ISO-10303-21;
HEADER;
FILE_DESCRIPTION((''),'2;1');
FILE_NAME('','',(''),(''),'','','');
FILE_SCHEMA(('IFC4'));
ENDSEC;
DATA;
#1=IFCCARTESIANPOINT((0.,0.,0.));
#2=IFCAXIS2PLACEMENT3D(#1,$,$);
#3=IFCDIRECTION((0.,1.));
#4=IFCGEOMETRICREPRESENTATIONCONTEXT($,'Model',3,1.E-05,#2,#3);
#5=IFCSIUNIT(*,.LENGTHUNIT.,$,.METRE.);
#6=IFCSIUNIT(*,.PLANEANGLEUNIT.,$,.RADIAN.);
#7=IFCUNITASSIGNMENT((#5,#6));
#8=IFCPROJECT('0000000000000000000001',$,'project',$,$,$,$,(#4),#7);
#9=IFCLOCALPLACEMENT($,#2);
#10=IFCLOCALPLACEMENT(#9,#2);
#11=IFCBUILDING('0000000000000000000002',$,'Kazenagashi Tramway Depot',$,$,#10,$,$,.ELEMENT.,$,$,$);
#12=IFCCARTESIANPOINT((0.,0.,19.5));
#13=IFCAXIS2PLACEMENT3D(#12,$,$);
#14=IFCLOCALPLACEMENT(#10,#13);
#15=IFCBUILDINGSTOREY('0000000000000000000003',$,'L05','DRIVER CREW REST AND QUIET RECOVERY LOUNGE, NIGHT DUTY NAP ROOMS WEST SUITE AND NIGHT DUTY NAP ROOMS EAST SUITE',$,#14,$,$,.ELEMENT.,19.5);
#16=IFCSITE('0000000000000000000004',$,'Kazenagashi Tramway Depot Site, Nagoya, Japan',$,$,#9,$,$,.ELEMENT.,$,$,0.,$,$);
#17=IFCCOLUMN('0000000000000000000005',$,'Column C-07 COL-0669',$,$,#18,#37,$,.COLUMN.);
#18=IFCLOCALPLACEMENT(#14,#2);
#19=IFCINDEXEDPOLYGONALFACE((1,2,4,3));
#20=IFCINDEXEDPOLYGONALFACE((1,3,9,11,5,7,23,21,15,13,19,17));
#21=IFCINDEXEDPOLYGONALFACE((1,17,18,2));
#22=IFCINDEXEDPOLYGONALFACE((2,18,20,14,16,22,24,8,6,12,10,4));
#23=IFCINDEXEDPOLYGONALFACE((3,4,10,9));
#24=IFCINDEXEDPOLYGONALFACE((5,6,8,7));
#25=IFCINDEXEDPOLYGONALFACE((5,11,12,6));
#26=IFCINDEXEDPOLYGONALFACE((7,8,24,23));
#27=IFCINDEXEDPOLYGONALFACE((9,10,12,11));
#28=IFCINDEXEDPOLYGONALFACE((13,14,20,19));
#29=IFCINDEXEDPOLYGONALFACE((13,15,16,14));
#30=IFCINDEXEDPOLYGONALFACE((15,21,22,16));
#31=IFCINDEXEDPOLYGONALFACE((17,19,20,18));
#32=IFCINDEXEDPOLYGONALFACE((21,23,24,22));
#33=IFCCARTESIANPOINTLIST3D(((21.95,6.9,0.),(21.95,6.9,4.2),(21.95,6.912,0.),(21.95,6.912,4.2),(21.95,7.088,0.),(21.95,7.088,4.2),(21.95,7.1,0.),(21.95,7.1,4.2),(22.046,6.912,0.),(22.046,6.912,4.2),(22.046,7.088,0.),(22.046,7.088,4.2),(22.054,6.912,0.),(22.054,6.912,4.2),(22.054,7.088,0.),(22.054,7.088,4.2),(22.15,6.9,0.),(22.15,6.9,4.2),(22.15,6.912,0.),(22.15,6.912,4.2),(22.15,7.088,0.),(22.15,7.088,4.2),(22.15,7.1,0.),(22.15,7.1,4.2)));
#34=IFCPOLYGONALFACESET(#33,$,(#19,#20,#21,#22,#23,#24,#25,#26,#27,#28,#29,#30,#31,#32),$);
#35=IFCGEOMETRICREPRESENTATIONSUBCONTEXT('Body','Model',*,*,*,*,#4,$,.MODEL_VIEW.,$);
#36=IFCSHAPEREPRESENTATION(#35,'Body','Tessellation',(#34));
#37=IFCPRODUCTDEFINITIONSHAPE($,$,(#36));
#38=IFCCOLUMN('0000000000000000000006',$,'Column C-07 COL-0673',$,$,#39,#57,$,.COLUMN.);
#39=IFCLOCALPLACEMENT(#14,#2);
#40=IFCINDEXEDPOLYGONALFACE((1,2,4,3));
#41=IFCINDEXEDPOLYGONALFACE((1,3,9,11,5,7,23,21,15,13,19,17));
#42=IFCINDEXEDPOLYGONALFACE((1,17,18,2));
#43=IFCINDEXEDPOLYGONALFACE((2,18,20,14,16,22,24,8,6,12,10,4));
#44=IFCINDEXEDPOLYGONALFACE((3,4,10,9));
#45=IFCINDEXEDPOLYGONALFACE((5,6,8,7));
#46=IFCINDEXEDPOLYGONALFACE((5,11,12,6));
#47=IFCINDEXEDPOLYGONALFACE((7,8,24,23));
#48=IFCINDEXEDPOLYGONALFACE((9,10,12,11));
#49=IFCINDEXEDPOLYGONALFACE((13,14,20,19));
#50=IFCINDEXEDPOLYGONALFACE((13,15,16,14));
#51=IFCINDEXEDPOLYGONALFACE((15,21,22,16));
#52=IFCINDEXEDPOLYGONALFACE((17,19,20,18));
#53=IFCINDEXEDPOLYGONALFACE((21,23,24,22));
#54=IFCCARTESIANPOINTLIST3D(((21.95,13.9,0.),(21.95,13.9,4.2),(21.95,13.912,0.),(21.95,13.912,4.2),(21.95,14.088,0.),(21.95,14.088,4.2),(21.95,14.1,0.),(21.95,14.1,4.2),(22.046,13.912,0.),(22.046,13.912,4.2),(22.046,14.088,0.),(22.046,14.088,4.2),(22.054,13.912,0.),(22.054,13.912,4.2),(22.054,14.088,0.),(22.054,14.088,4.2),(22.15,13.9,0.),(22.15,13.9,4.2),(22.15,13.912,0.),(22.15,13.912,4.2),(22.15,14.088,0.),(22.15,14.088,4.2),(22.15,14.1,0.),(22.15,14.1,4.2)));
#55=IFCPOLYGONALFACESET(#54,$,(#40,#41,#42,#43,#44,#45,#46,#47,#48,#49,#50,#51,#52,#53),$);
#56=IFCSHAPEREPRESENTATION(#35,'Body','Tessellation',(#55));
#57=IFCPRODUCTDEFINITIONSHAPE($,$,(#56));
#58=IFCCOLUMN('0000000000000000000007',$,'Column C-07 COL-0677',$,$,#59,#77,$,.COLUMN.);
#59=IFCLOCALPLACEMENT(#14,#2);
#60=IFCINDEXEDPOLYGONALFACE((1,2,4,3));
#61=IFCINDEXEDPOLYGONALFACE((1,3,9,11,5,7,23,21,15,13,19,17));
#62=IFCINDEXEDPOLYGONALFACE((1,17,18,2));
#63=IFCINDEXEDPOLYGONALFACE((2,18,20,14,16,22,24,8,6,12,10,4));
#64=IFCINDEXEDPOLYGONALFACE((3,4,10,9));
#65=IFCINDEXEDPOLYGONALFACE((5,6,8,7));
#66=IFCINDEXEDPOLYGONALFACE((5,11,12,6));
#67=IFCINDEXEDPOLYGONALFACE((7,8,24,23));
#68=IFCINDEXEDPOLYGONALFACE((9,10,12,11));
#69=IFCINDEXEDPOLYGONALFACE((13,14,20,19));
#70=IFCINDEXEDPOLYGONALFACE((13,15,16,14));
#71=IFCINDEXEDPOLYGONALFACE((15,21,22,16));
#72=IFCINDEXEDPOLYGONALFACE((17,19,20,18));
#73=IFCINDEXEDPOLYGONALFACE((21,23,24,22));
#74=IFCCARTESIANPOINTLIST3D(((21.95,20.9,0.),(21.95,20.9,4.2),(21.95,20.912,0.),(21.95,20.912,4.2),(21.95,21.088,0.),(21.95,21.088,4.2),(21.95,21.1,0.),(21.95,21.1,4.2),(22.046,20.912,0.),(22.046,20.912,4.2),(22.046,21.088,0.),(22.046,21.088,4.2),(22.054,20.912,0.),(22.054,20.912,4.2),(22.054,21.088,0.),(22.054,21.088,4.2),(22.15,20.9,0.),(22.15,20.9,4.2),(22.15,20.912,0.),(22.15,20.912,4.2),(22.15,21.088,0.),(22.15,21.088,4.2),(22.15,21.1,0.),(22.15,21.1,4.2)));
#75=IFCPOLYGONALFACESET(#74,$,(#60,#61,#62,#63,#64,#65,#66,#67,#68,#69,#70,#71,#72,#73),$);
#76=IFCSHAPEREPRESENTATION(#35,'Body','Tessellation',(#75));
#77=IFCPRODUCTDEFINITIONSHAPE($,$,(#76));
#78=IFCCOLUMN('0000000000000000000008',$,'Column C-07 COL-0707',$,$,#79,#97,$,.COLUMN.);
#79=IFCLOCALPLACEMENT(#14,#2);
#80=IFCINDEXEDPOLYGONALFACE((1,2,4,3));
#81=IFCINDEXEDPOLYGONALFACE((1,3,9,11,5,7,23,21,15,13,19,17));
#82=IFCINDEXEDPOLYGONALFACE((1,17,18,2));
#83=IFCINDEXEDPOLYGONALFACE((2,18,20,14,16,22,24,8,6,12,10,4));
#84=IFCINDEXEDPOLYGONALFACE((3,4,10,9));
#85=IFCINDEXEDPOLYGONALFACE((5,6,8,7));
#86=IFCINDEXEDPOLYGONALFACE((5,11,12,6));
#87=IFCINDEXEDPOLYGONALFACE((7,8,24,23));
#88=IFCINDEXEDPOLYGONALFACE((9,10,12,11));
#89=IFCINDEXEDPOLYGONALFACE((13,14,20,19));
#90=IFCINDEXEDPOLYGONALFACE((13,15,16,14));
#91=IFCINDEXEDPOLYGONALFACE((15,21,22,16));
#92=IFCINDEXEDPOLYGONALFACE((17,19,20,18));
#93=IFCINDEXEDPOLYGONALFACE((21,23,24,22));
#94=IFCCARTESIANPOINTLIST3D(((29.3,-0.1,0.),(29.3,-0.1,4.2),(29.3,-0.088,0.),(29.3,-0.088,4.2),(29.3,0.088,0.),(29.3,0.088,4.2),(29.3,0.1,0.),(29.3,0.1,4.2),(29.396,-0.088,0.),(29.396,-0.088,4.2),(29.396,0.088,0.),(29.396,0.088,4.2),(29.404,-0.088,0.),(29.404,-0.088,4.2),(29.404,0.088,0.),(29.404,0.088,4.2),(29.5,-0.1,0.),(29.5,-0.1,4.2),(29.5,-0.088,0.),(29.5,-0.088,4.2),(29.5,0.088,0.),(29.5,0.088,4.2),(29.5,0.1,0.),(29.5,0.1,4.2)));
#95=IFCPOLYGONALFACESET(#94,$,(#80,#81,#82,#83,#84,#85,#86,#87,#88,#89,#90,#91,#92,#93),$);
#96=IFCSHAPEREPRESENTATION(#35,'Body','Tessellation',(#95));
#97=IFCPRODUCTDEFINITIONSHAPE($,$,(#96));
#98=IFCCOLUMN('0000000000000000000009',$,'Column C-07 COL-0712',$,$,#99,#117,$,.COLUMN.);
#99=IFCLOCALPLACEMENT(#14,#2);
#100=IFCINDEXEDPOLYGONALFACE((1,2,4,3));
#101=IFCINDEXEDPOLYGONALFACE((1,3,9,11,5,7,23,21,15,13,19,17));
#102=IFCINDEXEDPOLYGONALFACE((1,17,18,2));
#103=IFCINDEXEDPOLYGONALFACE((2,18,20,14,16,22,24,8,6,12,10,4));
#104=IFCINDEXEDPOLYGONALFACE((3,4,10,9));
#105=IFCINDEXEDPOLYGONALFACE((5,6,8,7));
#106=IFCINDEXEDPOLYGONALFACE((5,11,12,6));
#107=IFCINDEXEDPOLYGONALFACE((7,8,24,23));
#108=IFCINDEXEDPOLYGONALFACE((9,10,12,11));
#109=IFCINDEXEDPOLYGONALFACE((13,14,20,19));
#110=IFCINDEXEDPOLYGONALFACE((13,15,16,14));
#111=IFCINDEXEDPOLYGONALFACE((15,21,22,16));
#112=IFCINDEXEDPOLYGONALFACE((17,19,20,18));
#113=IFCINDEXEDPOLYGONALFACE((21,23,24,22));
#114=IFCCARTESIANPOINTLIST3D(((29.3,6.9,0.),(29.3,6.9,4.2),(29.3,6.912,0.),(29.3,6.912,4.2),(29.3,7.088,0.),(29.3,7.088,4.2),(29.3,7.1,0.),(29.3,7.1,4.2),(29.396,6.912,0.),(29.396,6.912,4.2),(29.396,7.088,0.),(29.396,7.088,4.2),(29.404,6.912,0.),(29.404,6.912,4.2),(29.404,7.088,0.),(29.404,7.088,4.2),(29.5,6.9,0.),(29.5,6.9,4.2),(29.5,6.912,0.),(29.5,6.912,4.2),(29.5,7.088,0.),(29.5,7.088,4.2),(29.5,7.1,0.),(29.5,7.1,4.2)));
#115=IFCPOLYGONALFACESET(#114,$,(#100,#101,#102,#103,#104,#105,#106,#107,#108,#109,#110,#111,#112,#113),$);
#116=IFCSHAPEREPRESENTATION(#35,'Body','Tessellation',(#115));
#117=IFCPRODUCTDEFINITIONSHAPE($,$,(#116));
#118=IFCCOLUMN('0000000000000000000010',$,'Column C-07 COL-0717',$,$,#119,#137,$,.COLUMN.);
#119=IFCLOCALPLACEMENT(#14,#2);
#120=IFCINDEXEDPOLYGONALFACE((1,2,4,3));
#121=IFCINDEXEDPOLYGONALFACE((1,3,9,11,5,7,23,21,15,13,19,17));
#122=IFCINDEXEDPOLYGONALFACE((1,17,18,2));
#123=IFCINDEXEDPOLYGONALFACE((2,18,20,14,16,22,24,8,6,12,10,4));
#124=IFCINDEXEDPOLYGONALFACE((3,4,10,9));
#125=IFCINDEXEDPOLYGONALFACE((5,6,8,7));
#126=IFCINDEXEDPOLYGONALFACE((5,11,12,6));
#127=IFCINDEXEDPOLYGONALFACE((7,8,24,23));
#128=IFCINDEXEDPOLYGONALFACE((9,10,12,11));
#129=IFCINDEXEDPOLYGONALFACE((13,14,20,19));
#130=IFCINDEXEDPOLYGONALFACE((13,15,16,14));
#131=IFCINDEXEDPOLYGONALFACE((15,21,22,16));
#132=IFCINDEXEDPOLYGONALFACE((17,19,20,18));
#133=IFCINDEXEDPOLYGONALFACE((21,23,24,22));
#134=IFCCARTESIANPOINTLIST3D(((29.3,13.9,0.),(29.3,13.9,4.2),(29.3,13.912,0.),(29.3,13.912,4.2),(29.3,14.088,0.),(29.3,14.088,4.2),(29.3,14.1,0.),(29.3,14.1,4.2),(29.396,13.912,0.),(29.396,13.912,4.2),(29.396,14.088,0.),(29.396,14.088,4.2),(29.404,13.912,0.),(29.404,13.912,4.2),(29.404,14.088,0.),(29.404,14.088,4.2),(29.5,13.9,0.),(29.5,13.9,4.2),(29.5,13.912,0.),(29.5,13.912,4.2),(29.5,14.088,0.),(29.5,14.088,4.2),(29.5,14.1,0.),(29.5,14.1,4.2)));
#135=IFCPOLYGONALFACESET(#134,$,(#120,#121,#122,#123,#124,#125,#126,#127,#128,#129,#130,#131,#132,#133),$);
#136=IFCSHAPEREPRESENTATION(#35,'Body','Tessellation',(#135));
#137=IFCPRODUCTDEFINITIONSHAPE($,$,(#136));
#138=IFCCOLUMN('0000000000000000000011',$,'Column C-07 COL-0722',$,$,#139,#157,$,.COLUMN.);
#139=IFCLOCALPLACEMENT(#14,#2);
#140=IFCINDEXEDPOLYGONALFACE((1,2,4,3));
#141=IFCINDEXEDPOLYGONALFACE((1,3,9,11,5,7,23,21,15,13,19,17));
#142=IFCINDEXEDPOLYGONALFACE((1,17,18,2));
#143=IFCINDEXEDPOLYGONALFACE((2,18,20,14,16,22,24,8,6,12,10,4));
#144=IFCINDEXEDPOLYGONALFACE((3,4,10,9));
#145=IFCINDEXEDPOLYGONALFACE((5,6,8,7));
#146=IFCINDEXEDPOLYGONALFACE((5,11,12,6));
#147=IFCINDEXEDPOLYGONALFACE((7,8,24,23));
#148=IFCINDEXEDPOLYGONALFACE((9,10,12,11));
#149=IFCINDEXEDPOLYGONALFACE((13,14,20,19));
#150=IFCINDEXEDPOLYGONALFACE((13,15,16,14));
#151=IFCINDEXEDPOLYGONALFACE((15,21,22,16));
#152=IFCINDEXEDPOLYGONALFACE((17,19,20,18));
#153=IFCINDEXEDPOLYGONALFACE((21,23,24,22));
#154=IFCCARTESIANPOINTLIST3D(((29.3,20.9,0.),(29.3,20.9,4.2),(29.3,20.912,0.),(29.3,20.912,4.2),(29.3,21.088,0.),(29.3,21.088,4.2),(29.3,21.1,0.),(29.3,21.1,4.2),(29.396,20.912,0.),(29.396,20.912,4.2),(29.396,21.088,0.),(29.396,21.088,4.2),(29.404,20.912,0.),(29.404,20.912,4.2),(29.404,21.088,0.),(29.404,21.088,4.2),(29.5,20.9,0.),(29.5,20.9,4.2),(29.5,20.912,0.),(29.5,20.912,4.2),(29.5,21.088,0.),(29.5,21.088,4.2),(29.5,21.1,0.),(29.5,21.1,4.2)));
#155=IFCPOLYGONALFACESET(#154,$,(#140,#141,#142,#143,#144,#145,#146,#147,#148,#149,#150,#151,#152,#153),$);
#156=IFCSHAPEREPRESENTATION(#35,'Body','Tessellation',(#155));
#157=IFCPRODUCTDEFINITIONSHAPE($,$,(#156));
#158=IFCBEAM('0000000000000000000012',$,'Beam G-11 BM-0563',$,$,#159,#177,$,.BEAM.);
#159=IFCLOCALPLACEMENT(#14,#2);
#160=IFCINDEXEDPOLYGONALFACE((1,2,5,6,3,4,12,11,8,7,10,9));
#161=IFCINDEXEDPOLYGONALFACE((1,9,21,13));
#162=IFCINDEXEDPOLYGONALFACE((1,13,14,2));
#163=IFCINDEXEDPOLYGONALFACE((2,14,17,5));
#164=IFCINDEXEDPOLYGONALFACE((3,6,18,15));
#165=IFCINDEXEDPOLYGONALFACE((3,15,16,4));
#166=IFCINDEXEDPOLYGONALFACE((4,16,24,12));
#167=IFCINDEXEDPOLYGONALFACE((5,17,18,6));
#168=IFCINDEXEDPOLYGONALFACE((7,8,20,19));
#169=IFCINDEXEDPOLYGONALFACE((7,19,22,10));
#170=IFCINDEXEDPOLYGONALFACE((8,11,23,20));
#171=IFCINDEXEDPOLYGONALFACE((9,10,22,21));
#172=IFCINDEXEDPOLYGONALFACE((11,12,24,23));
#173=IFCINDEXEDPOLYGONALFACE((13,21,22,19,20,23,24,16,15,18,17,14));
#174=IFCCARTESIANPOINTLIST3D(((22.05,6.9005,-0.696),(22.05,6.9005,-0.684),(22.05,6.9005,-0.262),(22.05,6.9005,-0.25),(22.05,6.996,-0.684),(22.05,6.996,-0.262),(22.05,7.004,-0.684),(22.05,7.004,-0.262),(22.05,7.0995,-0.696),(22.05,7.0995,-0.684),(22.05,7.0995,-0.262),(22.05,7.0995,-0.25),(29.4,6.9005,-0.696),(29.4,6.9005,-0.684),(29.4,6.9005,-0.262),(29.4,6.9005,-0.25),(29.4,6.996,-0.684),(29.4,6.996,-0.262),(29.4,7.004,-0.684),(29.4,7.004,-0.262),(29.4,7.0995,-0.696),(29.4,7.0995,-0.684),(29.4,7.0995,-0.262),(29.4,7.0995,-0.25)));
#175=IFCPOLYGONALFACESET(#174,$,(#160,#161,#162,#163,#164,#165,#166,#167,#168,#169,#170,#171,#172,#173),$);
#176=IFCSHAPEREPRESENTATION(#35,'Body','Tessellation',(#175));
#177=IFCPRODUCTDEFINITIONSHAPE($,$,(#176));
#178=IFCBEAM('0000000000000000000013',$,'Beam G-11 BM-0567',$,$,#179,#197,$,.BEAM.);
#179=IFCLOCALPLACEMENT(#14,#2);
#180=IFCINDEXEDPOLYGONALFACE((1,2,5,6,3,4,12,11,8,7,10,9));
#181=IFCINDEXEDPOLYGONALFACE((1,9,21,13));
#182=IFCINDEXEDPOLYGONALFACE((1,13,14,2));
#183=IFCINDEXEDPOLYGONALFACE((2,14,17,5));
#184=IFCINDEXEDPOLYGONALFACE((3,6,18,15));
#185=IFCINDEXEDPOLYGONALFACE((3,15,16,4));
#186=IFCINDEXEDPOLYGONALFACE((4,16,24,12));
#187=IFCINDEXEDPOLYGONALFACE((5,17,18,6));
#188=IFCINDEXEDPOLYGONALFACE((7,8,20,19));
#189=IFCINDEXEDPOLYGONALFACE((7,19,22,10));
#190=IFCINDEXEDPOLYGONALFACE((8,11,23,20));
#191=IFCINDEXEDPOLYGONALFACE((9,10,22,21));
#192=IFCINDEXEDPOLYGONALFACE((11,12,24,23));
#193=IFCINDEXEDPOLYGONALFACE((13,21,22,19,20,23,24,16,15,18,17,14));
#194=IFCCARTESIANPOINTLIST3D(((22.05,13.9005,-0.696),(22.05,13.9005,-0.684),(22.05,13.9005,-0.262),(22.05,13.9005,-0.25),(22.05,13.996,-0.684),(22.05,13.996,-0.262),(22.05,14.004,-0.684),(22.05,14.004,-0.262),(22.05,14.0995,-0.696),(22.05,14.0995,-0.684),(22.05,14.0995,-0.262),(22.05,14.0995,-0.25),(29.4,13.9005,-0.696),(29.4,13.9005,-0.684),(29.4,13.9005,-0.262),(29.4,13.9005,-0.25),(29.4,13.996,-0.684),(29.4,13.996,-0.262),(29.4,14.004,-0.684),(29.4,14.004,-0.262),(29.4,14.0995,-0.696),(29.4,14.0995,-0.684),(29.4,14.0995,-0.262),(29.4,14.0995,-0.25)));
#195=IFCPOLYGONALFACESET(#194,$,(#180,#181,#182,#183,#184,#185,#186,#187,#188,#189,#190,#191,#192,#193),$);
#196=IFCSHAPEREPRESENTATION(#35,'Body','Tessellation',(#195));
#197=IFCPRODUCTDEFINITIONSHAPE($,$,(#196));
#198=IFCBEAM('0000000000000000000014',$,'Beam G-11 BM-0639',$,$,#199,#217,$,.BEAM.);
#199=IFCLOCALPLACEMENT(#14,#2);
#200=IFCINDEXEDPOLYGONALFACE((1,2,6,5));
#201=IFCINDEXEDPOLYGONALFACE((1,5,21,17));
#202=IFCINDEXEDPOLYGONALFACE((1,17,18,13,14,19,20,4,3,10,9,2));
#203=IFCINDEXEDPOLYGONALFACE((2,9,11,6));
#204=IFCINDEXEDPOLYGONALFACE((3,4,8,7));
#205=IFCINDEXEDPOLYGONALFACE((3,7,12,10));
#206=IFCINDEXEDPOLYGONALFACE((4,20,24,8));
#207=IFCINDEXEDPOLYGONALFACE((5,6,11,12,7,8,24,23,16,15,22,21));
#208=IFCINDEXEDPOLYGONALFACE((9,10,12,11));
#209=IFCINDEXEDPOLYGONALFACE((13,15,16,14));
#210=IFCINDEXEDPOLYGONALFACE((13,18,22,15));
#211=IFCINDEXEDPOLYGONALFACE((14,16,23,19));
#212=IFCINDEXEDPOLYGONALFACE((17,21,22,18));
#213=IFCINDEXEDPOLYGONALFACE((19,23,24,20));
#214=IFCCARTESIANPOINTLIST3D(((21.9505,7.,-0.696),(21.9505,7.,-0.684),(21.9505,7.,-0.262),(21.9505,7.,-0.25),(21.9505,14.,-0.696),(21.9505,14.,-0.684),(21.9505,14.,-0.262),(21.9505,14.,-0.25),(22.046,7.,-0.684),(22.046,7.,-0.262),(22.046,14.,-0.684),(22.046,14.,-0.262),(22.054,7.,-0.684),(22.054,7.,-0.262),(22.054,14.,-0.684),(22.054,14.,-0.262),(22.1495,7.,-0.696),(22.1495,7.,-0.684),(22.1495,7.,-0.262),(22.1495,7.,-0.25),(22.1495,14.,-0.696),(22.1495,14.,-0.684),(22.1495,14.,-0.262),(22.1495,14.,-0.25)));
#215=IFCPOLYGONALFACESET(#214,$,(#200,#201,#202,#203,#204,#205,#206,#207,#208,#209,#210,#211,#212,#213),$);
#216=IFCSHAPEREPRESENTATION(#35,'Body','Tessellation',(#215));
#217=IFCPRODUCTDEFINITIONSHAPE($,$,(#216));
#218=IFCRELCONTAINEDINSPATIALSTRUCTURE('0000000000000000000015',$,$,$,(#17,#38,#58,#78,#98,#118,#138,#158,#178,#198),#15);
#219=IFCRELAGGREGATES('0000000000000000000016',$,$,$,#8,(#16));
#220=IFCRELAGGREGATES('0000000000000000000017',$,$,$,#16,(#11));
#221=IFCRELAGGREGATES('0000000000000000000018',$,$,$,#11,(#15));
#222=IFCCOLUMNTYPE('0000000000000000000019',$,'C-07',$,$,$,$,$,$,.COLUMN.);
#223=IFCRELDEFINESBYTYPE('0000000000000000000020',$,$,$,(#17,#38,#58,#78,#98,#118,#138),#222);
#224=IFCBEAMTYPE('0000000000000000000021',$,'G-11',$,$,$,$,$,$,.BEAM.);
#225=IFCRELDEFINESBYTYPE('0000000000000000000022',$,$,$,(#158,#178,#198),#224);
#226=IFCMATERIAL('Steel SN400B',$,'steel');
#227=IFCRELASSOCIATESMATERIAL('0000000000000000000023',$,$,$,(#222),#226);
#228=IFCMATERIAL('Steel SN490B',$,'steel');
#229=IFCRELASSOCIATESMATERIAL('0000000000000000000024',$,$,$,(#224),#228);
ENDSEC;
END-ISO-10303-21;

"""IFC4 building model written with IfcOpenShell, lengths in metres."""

from ifc_helpers import new_model, si_unit, direction, frame, origin, origin_2d, place, context, subcontext, project, spatial, i_section, extrude, material, material_profile, profile_set, type_object, element, save


model = new_model("IFC4")

# Units and contexts
model_context = context("Model", 3, precision=1e-05, world=origin(), true_north=direction((0.0, 1.0)))
body_context = subcontext(model_context, "Body", "Model", "MODEL_VIEW")
ifc_project = project(units=[si_unit("LENGTHUNIT", "METRE"), si_unit("PLANEANGLEUNIT", "RADIAN")], contexts=[model_context])

# Site, building, storey
site_placement = place(None, origin())
site = spatial("IfcSite", under=ifc_project, at=site_placement, Name="Kazenagashi Tramway Depot Site, Nagoya, Japan", CompositionType="ELEMENT", RefElevation=0.0)
building_placement = place(site_placement, origin())
building = spatial("IfcBuilding", under=site, at=building_placement, Name="Kazenagashi Tramway Depot", CompositionType="ELEMENT")
storey_placement = place(building_placement, frame((0.0, 0.0, 19.5)))
storey = spatial("IfcBuildingStorey", under=building, at=storey_placement, Name="L05", Description="DRIVER CREW REST AND QUIET RECOVERY LOUNGE, NIGHT DUTY NAP ROOMS WEST SUITE AND NIGHT DUTY NAP ROOMS EAST SUITE", CompositionType="ELEMENT", Elevation=19.5)

# Columns
ifc_material_1 = material(Name="Steel SN400B", Category="steel")
ifc_material_profile_1 = material_profile(ifc_material_1, i_section(OverallWidth=0.2, OverallDepth=0.2, WebThickness=0.008, FlangeThickness=0.012, at=origin_2d()), Name="H-200x200x8x12")
ifc_profile_set_1 = profile_set([ifc_material_profile_1], Name="Steel SN400B")
column_type = type_object("IfcColumnType", Name="C-07", PredefinedType="COLUMN", material=ifc_profile_set_1)
for number, where, z_axis, x_axis, name in (
    (1, (22.05, 7.0, 0.0), (0.0, 0.0, 1.0), (1.0, 0.0, 0.0), "Column C-07 COL-0669"),
    (2, (22.05, 14.0, 0.0), (0.0, 0.0, 1.0), (1.0, 0.0, 0.0), "Column C-07 COL-0673"),
    (3, (22.05, 21.0, 0.0), (0.0, 0.0, 1.0), (1.0, 0.0, 0.0), "Column C-07 COL-0677"),
    (4, (29.4, 0.0, 0.0), (0.0, 0.0, 1.0), (1.0, 0.0, 0.0), "Column C-07 COL-0707"),
    (5, (29.4, 7.0, 0.0), (0.0, 0.0, 1.0), (1.0, 0.0, 0.0), "Column C-07 COL-0712"),
    (6, (29.4, 14.0, 0.0), (0.0, 0.0, 1.0), (1.0, 0.0, 0.0), "Column C-07 COL-0717"),
    (7, (29.4, 21.0, 0.0), (0.0, 0.0, 1.0), (1.0, 0.0, 0.0), "Column C-07 COL-0722"),
):
    element("IfcColumn", number, at=place(storey_placement, frame(where, z_axis=z_axis, x_axis=x_axis)), inside=storey, type_object=column_type, Name=name, PredefinedType="COLUMN", context=body_context, shape_type="SweptSolid", body=[
        extrude(i_section(OverallWidth=0.2, OverallDepth=0.2, WebThickness=0.008, FlangeThickness=0.012, at=origin_2d()), origin(), (0.0, 0.0, 1.0), 4.2),
    ])

# Beams
ifc_material_2 = material(Name="Steel SN490B", Category="steel")
ifc_material_profile_2 = material_profile(ifc_material_2, i_section(OverallWidth=0.199, OverallDepth=0.446, WebThickness=0.008, FlangeThickness=0.012, at=origin_2d()), Name="H-446x199x8x12")
ifc_profile_set_2 = profile_set([ifc_material_profile_2], Name="Steel SN490B")
beam_type_1 = type_object("IfcBeamType", Name="G-11", PredefinedType="BEAM", material=ifc_profile_set_2)
for number, where, z_axis, x_axis, name in (
    (8, (22.05, 7.0, -0.473), (1.0, 0.0, 0.0), (0.0, 1.0, 0.0), "Beam G-11 BM-0563"),
    (9, (22.05, 14.0, -0.473), (1.0, 0.0, 0.0), (0.0, 1.0, 0.0), "Beam G-11 BM-0567"),
):
    element("IfcBeam", number, at=place(storey_placement, frame(where, z_axis=z_axis, x_axis=x_axis)), inside=storey, type_object=beam_type_1, Name=name, PredefinedType="BEAM", context=body_context, shape_type="SweptSolid", body=[
        extrude(i_section(OverallWidth=0.199, OverallDepth=0.446, WebThickness=0.008, FlangeThickness=0.012, at=origin_2d()), origin(), (0.0, 0.0, 1.0), 7.35),
    ])
for number, where, z_axis, x_axis, name in (
    (10, (22.05, 7.0, -0.473), (0.0, 1.0, 0.0), (-1.0, 0.0, 0.0), "Beam G-11 BM-0639"),
):
    element("IfcBeam", number, at=place(storey_placement, frame(where, z_axis=z_axis, x_axis=x_axis)), inside=storey, type_object=beam_type_1, Name=name, PredefinedType="BEAM", context=body_context, shape_type="SweptSolid", body=[
        extrude(i_section(OverallWidth=0.199, OverallDepth=0.446, WebThickness=0.008, FlangeThickness=0.012, at=origin_2d()), origin(), (0.0, 0.0, 1.0), 7.0),
    ])

save(model, "model.ifc")
